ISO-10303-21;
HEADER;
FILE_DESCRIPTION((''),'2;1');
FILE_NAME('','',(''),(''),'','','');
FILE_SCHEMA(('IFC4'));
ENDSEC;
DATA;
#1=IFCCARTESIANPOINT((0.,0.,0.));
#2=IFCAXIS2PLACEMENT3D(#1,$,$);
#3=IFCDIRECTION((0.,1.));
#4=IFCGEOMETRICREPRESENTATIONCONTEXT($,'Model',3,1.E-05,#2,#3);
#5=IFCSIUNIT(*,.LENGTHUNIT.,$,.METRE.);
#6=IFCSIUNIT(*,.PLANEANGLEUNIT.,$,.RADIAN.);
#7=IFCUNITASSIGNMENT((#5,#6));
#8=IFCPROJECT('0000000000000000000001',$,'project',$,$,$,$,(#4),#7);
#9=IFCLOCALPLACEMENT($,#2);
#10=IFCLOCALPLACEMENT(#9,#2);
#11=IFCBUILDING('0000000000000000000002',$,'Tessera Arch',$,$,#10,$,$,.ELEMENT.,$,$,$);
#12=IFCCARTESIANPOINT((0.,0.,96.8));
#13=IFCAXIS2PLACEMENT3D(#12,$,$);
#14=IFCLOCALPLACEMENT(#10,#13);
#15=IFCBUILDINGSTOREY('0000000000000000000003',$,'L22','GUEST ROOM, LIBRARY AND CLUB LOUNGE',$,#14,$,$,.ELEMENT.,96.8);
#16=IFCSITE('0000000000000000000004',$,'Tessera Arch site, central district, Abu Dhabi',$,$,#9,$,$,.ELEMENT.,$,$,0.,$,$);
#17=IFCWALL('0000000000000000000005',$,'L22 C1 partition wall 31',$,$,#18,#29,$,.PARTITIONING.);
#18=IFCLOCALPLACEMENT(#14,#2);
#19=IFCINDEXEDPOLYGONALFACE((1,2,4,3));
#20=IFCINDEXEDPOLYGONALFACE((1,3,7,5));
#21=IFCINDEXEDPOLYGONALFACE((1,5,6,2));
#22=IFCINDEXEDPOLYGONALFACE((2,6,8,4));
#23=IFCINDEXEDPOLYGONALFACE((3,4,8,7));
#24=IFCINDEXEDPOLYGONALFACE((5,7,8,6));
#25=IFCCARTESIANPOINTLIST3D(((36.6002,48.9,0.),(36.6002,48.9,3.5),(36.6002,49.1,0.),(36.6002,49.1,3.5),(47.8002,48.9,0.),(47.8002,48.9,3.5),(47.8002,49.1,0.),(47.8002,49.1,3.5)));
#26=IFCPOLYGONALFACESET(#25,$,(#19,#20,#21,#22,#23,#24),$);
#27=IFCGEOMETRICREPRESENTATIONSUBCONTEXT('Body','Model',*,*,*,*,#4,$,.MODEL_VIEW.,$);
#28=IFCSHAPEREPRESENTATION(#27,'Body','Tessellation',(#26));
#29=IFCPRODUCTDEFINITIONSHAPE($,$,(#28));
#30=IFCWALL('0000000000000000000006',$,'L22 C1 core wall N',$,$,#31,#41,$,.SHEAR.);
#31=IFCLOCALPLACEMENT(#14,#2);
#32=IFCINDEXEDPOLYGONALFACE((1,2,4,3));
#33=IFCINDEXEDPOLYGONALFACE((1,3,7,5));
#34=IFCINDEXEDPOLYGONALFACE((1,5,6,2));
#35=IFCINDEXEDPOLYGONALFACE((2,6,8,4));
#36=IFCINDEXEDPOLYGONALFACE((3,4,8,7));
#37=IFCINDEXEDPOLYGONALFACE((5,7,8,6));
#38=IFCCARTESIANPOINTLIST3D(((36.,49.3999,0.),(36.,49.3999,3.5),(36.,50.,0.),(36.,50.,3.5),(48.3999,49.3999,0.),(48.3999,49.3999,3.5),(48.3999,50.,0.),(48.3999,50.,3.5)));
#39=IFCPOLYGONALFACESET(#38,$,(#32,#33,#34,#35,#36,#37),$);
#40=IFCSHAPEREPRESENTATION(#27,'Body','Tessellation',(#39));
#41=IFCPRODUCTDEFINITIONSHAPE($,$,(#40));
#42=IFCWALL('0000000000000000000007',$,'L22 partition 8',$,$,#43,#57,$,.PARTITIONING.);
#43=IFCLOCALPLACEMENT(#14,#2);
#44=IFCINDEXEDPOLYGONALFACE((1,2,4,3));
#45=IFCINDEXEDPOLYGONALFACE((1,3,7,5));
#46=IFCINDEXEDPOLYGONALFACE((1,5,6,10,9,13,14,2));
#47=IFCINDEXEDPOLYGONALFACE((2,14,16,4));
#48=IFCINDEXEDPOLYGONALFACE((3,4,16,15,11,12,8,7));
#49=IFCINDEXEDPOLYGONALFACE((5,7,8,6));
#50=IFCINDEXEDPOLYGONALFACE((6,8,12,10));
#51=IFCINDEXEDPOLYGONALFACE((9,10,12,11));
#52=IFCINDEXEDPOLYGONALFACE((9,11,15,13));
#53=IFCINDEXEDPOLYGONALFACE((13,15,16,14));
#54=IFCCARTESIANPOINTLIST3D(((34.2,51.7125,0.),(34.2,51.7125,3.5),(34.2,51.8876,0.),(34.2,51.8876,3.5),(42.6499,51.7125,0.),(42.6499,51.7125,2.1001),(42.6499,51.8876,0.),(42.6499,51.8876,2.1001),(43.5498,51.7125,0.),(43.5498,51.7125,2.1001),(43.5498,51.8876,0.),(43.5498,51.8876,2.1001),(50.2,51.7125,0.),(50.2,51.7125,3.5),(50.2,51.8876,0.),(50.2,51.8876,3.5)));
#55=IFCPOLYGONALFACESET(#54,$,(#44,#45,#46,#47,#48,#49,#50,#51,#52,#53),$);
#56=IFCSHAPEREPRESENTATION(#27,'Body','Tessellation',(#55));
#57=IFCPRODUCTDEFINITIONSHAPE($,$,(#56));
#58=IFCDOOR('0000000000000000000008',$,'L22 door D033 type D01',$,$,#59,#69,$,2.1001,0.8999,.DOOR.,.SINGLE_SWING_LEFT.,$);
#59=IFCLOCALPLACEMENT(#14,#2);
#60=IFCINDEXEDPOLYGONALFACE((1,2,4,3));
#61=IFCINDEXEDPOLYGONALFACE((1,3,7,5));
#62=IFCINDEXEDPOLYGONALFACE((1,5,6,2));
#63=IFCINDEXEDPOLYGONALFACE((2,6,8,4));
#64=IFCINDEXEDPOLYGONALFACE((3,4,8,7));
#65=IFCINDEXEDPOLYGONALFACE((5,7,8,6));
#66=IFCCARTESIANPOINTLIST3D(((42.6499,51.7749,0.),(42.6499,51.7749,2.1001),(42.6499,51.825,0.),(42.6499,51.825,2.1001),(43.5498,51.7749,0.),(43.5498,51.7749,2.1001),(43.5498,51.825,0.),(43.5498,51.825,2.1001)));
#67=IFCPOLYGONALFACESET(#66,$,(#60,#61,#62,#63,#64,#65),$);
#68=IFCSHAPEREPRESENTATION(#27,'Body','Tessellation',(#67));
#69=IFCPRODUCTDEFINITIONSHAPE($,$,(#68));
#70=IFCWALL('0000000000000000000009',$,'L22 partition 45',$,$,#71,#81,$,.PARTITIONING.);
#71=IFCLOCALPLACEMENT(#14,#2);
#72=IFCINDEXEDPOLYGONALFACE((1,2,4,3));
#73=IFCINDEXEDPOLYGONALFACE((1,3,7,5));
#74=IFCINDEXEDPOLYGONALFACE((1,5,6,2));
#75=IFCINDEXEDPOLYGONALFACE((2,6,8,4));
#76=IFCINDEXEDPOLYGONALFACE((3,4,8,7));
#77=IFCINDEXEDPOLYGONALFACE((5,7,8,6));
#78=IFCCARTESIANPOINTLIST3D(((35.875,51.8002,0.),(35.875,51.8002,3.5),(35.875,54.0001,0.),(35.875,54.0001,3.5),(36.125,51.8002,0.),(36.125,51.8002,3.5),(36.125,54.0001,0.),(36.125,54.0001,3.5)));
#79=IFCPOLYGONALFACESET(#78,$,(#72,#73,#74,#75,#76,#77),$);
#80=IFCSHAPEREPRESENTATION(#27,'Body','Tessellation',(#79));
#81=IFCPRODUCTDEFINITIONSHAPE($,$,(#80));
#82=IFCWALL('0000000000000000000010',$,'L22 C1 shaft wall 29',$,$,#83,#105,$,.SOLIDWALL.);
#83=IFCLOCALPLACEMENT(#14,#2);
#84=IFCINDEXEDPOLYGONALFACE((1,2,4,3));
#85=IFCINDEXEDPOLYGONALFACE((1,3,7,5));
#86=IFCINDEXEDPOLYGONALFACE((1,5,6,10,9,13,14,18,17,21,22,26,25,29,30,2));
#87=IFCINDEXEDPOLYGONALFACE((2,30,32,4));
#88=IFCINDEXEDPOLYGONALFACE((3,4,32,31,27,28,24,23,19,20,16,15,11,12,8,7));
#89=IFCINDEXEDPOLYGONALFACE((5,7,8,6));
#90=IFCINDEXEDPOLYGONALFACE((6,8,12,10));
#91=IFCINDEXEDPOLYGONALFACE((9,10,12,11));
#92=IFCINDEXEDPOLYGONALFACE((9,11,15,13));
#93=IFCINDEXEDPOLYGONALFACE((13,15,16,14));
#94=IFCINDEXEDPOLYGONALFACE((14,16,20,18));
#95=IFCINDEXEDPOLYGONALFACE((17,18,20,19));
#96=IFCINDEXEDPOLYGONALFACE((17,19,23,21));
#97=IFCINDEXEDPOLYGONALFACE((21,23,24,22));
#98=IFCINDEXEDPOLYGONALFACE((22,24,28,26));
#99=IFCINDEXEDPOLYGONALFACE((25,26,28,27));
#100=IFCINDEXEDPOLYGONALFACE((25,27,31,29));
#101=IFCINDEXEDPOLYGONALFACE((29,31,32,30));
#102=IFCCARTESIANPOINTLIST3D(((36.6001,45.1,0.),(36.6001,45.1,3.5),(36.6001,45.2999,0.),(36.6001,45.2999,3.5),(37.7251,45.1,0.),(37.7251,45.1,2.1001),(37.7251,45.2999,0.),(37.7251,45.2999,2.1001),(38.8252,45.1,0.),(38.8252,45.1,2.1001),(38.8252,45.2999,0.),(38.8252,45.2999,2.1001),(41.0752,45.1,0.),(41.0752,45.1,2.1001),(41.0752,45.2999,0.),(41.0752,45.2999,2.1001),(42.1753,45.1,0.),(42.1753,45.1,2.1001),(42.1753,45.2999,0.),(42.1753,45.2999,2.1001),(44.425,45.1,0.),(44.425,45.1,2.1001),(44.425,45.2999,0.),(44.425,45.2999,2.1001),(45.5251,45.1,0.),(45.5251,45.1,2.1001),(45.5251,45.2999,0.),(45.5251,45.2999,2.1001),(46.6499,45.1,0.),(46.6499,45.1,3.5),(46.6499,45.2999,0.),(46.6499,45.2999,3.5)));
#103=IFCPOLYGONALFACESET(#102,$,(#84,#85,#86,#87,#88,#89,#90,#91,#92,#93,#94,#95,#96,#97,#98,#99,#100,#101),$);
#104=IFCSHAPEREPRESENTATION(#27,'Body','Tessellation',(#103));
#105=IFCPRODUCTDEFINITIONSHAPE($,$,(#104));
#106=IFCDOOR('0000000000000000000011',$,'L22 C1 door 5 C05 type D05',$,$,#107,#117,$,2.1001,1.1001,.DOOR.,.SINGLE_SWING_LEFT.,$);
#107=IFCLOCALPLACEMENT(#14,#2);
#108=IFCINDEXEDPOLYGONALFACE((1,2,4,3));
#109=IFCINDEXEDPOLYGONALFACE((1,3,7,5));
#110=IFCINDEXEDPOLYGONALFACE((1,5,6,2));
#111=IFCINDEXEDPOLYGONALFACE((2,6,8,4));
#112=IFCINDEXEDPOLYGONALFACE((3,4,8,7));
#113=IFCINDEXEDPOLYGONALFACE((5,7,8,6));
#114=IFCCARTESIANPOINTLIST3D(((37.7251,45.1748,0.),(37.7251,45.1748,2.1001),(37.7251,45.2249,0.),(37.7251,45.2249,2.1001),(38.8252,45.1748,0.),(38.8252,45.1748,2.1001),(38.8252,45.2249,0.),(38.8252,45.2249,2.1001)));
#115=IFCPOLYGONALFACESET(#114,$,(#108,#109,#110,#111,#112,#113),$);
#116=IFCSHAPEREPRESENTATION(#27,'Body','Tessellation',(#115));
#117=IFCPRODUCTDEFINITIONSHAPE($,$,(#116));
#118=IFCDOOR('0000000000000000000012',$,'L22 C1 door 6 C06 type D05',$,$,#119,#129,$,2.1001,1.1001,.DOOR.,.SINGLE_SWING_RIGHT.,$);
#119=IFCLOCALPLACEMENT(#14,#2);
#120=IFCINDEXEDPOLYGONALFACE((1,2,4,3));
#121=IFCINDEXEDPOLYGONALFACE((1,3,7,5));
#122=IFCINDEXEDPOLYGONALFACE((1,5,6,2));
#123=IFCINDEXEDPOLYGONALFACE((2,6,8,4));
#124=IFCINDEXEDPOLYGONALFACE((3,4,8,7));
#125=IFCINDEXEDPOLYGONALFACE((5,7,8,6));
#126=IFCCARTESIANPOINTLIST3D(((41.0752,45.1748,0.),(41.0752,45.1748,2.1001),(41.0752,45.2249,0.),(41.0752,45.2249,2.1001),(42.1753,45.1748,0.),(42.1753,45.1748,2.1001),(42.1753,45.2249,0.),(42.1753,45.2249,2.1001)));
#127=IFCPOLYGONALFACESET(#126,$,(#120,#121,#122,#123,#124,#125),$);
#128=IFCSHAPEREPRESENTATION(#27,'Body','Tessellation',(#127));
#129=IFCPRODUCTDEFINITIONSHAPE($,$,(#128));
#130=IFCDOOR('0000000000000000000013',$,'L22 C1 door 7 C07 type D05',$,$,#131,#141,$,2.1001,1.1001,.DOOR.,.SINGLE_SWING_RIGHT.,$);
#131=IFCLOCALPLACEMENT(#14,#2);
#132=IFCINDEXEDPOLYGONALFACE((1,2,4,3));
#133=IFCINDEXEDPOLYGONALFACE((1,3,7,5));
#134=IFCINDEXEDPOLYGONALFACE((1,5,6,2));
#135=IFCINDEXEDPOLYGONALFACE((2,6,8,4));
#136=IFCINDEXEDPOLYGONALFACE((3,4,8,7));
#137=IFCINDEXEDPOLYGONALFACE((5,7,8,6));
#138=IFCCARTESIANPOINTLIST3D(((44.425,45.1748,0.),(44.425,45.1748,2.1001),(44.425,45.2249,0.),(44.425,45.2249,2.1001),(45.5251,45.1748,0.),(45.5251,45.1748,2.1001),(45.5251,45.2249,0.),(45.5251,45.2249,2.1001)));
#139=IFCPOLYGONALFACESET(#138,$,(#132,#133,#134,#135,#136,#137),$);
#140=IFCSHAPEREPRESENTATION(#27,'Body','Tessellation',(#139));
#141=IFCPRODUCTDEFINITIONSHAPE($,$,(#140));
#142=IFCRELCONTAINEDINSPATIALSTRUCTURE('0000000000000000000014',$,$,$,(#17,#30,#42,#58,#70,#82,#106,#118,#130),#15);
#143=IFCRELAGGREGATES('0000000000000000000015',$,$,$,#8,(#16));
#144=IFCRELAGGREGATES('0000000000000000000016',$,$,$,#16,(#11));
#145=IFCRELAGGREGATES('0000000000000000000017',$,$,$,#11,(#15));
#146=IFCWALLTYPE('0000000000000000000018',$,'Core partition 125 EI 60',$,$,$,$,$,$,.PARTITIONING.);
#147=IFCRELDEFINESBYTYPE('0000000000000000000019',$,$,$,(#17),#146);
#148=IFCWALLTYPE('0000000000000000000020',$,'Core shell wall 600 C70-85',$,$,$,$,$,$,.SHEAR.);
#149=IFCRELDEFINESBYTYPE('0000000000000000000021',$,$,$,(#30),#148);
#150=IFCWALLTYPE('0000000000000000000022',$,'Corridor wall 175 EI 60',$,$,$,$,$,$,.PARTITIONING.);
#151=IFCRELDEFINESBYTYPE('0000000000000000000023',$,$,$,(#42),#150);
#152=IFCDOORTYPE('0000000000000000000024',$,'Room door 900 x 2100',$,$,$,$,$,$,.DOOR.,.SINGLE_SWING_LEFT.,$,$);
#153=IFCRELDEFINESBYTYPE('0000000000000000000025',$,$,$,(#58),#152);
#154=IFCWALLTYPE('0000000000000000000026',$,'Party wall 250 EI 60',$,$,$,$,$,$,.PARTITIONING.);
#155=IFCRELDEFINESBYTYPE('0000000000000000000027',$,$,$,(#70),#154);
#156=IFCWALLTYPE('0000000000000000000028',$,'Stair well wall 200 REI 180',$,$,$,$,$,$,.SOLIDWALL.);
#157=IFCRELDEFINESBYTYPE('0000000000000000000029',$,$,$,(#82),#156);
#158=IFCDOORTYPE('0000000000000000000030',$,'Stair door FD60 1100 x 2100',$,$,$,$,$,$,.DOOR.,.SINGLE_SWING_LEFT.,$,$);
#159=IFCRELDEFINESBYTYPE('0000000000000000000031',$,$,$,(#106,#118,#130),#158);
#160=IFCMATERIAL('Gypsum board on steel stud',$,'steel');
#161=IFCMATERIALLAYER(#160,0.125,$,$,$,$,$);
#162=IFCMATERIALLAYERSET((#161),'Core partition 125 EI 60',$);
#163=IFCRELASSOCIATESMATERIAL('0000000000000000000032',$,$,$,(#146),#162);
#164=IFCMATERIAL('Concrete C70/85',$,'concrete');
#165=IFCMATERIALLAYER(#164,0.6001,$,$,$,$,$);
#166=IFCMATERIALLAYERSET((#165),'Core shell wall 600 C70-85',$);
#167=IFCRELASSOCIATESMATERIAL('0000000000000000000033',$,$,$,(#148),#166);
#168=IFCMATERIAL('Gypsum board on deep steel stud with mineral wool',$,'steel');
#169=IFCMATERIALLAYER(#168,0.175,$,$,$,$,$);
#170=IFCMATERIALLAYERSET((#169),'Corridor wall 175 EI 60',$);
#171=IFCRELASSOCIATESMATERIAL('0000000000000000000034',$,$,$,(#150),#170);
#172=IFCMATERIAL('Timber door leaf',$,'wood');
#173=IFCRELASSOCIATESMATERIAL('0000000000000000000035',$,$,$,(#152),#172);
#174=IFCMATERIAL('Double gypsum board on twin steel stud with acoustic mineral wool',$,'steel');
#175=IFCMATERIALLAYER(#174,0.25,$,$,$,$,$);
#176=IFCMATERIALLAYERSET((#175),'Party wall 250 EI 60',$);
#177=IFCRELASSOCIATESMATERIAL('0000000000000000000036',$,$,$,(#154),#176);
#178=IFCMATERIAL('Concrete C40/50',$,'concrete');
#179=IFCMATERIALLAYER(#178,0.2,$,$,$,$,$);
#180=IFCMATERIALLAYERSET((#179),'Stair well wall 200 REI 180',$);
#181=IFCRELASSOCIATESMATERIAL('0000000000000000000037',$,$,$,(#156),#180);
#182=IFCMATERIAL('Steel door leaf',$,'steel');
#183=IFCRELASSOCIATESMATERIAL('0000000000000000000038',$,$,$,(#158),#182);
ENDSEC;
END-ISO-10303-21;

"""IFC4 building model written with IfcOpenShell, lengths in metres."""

from ifc_helpers import new_model, si_unit, direction, frame, frame_2d, origin, place, context, subcontext, project, spatial, rectangle, extrude, material, layer, layer_set, type_object, element, fill, save


model = new_model("IFC4")

# Units and contexts
model_context = context("Model", 3, precision=1e-05, world=origin(), true_north=direction((0.0, 1.0)))
body_context = subcontext(model_context, "Body", "Model", "MODEL_VIEW")
ifc_project = project(units=[si_unit("LENGTHUNIT", "METRE"), si_unit("PLANEANGLEUNIT", "RADIAN")], contexts=[model_context])

# Site, building, storey
site_placement = place(None, origin())
site = spatial("IfcSite", under=ifc_project, at=site_placement, Name="Tessera Arch site, central district, Abu Dhabi", CompositionType="ELEMENT", RefElevation=0.0)
building_placement = place(site_placement, origin())
building = spatial("IfcBuilding", under=site, at=building_placement, Name="Tessera Arch", CompositionType="ELEMENT")
storey_placement = place(building_placement, frame((0.0, 0.0, 96.8)))
storey = spatial("IfcBuildingStorey", under=building, at=storey_placement, Name="L22", Description="GUEST ROOM, LIBRARY AND CLUB LOUNGE", CompositionType="ELEMENT", Elevation=96.8)

# Shared definitions
ifc_material_1 = material(Name="Gypsum board on steel stud", Category="steel")
ifc_layer_1 = layer(ifc_material_1, 0.125)
ifc_layer_set_1 = layer_set([ifc_layer_1], Name="Core partition 125 EI 60")
wall_type_1 = type_object("IfcWallType", Name="Core partition 125 EI 60", PredefinedType="PARTITIONING", material=ifc_layer_set_1)

# Walls
wall_1_placement = place(storey_placement, frame((36.6001, 49.0, 0.0), z_axis=(0.0, 0.0, 1.0), x_axis=(1.0, 0.0, 0.0)))
element("IfcWall", 1, at=wall_1_placement, inside=storey, type_object=wall_type_1, Name="L22 C1 partition wall 31", PredefinedType="PARTITIONING", context=body_context, shape_type="SweptSolid", body=[
    extrude(rectangle(XDim=11.2, YDim=0.2, at=frame_2d((5.6001, 0.0))), origin(), (0.0, 0.0, 1.0), 3.5),
])
ifc_material_2 = material(Name="Concrete C70/85", Category="concrete")
ifc_layer_2 = layer(ifc_material_2, 0.6001)
ifc_layer_set_2 = layer_set([ifc_layer_2], Name="Core shell wall 600 C70-85")
wall_type_2 = type_object("IfcWallType", Name="Core shell wall 600 C70-85", PredefinedType="SHEAR", material=ifc_layer_set_2)
wall_2_placement = place(storey_placement, frame((36.0, 49.7, 0.0), z_axis=(0.0, 0.0, 1.0), x_axis=(1.0, 0.0, 0.0)))
element("IfcWall", 2, at=wall_2_placement, inside=storey, type_object=wall_type_2, Name="L22 C1 core wall N", PredefinedType="SHEAR", context=body_context, shape_type="SweptSolid", body=[
    extrude(rectangle(XDim=12.3999, YDim=0.6001, at=frame_2d((6.2, 0.0))), origin(), (0.0, 0.0, 1.0), 3.5),
])

# Wall, opening, door
ifc_material_3 = material(Name="Gypsum board on deep steel stud with mineral wool", Category="steel")
ifc_layer_3 = layer(ifc_material_3, 0.175)
ifc_layer_set_3 = layer_set([ifc_layer_3], Name="Corridor wall 175 EI 60")
wall_type_3 = type_object("IfcWallType", Name="Corridor wall 175 EI 60", PredefinedType="PARTITIONING", material=ifc_layer_set_3)
wall_3_placement = place(storey_placement, frame((34.2, 51.8, 0.0), z_axis=(0.0, 0.0, 1.0), x_axis=(1.0, 0.0, 0.0)))
wall_3 = element("IfcWall", 3, at=wall_3_placement, inside=storey, type_object=wall_type_3, Name="L22 partition 8", PredefinedType="PARTITIONING", context=body_context, shape_type="SweptSolid", body=[
    extrude(rectangle(XDim=16.0, YDim=0.175, at=frame_2d((8.0, 0.0))), origin(), (0.0, 0.0, 1.0), 3.5),
])
opening_1_placement = place(wall_3_placement, frame((8.45, 0.0, 0.0)))
opening_1 = element("IfcOpeningElement", 4, at=opening_1_placement, cuts=wall_3, PredefinedType="OPENING", context=body_context, shape_type="SweptSolid", body=[
    extrude(rectangle(XDim=0.8999, YDim=2.1001, at=frame_2d((0.45, 1.05))), frame((0.0, 0.0974, 0.0), z_axis=(0.0, -1.0, 0.0), x_axis=(1.0, 0.0, 0.0)), (0.0, 0.0, 1.0), 0.1951),
])
ifc_material_4 = material(Name="Timber door leaf", Category="wood")
door_type_1 = type_object("IfcDoorType", Name="Room door 900 x 2100", OperationType="SINGLE_SWING_LEFT", PredefinedType="DOOR", material=ifc_material_4)
door_1_placement = place(opening_1_placement, origin())
door_1 = element("IfcDoor", 5, at=door_1_placement, inside=storey, type_object=door_type_1, Name="L22 door D033 type D01", OperationType="SINGLE_SWING_LEFT", OverallHeight=2.1001, OverallWidth=0.8999, PredefinedType="DOOR", context=body_context, shape_type="SweptSolid", body=[
    extrude(rectangle(XDim=0.8999, YDim=2.1001, at=frame_2d((0.45, 1.05))), frame((0.0, 0.0249, 0.0), z_axis=(0.0, -1.0, 0.0), x_axis=(1.0, 0.0, 0.0)), (0.0, 0.0, 1.0), 0.05),
])
fill(opening_1, door_1)

# Wall
ifc_material_5 = material(Name="Double gypsum board on twin steel stud with acoustic mineral wool", Category="steel")
ifc_layer_4 = layer(ifc_material_5, 0.25)
ifc_layer_set_4 = layer_set([ifc_layer_4], Name="Party wall 250 EI 60")
wall_type_4 = type_object("IfcWallType", Name="Party wall 250 EI 60", PredefinedType="PARTITIONING", material=ifc_layer_set_4)
wall_4_placement = place(storey_placement, frame((36.0, 51.8, 0.0), z_axis=(0.0, 0.0, 1.0), x_axis=(0.0, 1.0, 0.0)))
element("IfcWall", 6, at=wall_4_placement, inside=storey, type_object=wall_type_4, Name="L22 partition 45", PredefinedType="PARTITIONING", context=body_context, shape_type="SweptSolid", body=[
    extrude(rectangle(XDim=2.2, YDim=0.25, at=frame_2d((1.1001, 0.0))), origin(), (0.0, 0.0, 1.0), 3.5),
])

# Wall, openings, doors
ifc_material_6 = material(Name="Concrete C40/50", Category="concrete")
ifc_layer_5 = layer(ifc_material_6, 0.2)
ifc_layer_set_5 = layer_set([ifc_layer_5], Name="Stair well wall 200 REI 180")
wall_type_5 = type_object("IfcWallType", Name="Stair well wall 200 REI 180", PredefinedType="SOLIDWALL", material=ifc_layer_set_5)
wall_5_placement = place(storey_placement, frame((36.6001, 45.2, 0.0), z_axis=(0.0, 0.0, 1.0), x_axis=(1.0, 0.0, 0.0)))
wall_5 = element("IfcWall", 7, at=wall_5_placement, inside=storey, type_object=wall_type_5, Name="L22 C1 shaft wall 29", PredefinedType="SOLIDWALL", context=body_context, shape_type="SweptSolid", body=[
    extrude(rectangle(XDim=10.0498, YDim=0.2, at=frame_2d((5.0249, 0.0))), origin(), (0.0, 0.0, 1.0), 3.5),
])
opening_2_placement = place(wall_5_placement, frame((1.125, 0.0, 0.0)))
opening_2 = element("IfcOpeningElement", 8, at=opening_2_placement, cuts=wall_5, PredefinedType="OPENING", context=body_context, shape_type="SweptSolid", body=[
    extrude(rectangle(XDim=1.1001, YDim=2.1001, at=frame_2d((0.55, 1.05))), frame((0.0, 0.1099, 0.0), z_axis=(0.0, -1.0, 0.0), x_axis=(1.0, 0.0, 0.0)), (0.0, 0.0, 1.0), 0.22),
])
opening_3_placement = place(wall_5_placement, frame((4.4751, 0.0, 0.0)))
opening_3 = element("IfcOpeningElement", 9, at=opening_3_placement, cuts=wall_5, PredefinedType="OPENING", context=body_context, shape_type="SweptSolid", body=[
    extrude(rectangle(XDim=1.1001, YDim=2.1001, at=frame_2d((0.55, 1.05))), frame((0.0, 0.1099, 0.0), z_axis=(0.0, -1.0, 0.0), x_axis=(1.0, 0.0, 0.0)), (0.0, 0.0, 1.0), 0.22),
])
opening_4_placement = place(wall_5_placement, frame((7.825, 0.0, 0.0)))
opening_4 = element("IfcOpeningElement", 10, at=opening_4_placement, cuts=wall_5, PredefinedType="OPENING", context=body_context, shape_type="SweptSolid", body=[
    extrude(rectangle(XDim=1.1001, YDim=2.1001, at=frame_2d((0.55, 1.05))), frame((0.0, 0.1099, 0.0), z_axis=(0.0, -1.0, 0.0), x_axis=(1.0, 0.0, 0.0)), (0.0, 0.0, 1.0), 0.22),
])
ifc_material_7 = material(Name="Steel door leaf", Category="steel")
door_type_2 = type_object("IfcDoorType", Name="Stair door FD60 1100 x 2100", OperationType="SINGLE_SWING_LEFT", PredefinedType="DOOR", material=ifc_material_7)
door_2_placement = place(opening_2_placement, origin())
door_2 = element("IfcDoor", 11, at=door_2_placement, inside=storey, type_object=door_type_2, Name="L22 C1 door 5 C05 type D05", OperationType="SINGLE_SWING_LEFT", OverallHeight=2.1001, OverallWidth=1.1001, PredefinedType="DOOR", context=body_context, shape_type="SweptSolid", body=[
    extrude(rectangle(XDim=1.1001, YDim=2.1001, at=frame_2d((0.55, 1.05))), frame((0.0, 0.0249, 0.0), z_axis=(0.0, -1.0, 0.0), x_axis=(1.0, 0.0, 0.0)), (0.0, 0.0, 1.0), 0.05),
])
fill(opening_2, door_2)
door_3_placement = place(opening_3_placement, origin())
door_3 = element("IfcDoor", 12, at=door_3_placement, inside=storey, type_object=door_type_2, Name="L22 C1 door 6 C06 type D05", OperationType="SINGLE_SWING_RIGHT", OverallHeight=2.1001, OverallWidth=1.1001, PredefinedType="DOOR", context=body_context, shape_type="SweptSolid", body=[
    extrude(rectangle(XDim=1.1001, YDim=2.1001, at=frame_2d((0.55, 1.05))), frame((0.0, 0.0249, 0.0), z_axis=(0.0, -1.0, 0.0), x_axis=(1.0, 0.0, 0.0)), (0.0, 0.0, 1.0), 0.05),
])
fill(opening_3, door_3)
door_4_placement = place(opening_4_placement, origin())
door_4 = element("IfcDoor", 13, at=door_4_placement, inside=storey, type_object=door_type_2, Name="L22 C1 door 7 C07 type D05", OperationType="SINGLE_SWING_RIGHT", OverallHeight=2.1001, OverallWidth=1.1001, PredefinedType="DOOR", context=body_context, shape_type="SweptSolid", body=[
    extrude(rectangle(XDim=1.1001, YDim=2.1001, at=frame_2d((0.55, 1.05))), frame((0.0, 0.0249, 0.0), z_axis=(0.0, -1.0, 0.0), x_axis=(1.0, 0.0, 0.0)), (0.0, 0.0, 1.0), 0.05),
])
fill(opening_4, door_4)

save(model, "model.ifc")
